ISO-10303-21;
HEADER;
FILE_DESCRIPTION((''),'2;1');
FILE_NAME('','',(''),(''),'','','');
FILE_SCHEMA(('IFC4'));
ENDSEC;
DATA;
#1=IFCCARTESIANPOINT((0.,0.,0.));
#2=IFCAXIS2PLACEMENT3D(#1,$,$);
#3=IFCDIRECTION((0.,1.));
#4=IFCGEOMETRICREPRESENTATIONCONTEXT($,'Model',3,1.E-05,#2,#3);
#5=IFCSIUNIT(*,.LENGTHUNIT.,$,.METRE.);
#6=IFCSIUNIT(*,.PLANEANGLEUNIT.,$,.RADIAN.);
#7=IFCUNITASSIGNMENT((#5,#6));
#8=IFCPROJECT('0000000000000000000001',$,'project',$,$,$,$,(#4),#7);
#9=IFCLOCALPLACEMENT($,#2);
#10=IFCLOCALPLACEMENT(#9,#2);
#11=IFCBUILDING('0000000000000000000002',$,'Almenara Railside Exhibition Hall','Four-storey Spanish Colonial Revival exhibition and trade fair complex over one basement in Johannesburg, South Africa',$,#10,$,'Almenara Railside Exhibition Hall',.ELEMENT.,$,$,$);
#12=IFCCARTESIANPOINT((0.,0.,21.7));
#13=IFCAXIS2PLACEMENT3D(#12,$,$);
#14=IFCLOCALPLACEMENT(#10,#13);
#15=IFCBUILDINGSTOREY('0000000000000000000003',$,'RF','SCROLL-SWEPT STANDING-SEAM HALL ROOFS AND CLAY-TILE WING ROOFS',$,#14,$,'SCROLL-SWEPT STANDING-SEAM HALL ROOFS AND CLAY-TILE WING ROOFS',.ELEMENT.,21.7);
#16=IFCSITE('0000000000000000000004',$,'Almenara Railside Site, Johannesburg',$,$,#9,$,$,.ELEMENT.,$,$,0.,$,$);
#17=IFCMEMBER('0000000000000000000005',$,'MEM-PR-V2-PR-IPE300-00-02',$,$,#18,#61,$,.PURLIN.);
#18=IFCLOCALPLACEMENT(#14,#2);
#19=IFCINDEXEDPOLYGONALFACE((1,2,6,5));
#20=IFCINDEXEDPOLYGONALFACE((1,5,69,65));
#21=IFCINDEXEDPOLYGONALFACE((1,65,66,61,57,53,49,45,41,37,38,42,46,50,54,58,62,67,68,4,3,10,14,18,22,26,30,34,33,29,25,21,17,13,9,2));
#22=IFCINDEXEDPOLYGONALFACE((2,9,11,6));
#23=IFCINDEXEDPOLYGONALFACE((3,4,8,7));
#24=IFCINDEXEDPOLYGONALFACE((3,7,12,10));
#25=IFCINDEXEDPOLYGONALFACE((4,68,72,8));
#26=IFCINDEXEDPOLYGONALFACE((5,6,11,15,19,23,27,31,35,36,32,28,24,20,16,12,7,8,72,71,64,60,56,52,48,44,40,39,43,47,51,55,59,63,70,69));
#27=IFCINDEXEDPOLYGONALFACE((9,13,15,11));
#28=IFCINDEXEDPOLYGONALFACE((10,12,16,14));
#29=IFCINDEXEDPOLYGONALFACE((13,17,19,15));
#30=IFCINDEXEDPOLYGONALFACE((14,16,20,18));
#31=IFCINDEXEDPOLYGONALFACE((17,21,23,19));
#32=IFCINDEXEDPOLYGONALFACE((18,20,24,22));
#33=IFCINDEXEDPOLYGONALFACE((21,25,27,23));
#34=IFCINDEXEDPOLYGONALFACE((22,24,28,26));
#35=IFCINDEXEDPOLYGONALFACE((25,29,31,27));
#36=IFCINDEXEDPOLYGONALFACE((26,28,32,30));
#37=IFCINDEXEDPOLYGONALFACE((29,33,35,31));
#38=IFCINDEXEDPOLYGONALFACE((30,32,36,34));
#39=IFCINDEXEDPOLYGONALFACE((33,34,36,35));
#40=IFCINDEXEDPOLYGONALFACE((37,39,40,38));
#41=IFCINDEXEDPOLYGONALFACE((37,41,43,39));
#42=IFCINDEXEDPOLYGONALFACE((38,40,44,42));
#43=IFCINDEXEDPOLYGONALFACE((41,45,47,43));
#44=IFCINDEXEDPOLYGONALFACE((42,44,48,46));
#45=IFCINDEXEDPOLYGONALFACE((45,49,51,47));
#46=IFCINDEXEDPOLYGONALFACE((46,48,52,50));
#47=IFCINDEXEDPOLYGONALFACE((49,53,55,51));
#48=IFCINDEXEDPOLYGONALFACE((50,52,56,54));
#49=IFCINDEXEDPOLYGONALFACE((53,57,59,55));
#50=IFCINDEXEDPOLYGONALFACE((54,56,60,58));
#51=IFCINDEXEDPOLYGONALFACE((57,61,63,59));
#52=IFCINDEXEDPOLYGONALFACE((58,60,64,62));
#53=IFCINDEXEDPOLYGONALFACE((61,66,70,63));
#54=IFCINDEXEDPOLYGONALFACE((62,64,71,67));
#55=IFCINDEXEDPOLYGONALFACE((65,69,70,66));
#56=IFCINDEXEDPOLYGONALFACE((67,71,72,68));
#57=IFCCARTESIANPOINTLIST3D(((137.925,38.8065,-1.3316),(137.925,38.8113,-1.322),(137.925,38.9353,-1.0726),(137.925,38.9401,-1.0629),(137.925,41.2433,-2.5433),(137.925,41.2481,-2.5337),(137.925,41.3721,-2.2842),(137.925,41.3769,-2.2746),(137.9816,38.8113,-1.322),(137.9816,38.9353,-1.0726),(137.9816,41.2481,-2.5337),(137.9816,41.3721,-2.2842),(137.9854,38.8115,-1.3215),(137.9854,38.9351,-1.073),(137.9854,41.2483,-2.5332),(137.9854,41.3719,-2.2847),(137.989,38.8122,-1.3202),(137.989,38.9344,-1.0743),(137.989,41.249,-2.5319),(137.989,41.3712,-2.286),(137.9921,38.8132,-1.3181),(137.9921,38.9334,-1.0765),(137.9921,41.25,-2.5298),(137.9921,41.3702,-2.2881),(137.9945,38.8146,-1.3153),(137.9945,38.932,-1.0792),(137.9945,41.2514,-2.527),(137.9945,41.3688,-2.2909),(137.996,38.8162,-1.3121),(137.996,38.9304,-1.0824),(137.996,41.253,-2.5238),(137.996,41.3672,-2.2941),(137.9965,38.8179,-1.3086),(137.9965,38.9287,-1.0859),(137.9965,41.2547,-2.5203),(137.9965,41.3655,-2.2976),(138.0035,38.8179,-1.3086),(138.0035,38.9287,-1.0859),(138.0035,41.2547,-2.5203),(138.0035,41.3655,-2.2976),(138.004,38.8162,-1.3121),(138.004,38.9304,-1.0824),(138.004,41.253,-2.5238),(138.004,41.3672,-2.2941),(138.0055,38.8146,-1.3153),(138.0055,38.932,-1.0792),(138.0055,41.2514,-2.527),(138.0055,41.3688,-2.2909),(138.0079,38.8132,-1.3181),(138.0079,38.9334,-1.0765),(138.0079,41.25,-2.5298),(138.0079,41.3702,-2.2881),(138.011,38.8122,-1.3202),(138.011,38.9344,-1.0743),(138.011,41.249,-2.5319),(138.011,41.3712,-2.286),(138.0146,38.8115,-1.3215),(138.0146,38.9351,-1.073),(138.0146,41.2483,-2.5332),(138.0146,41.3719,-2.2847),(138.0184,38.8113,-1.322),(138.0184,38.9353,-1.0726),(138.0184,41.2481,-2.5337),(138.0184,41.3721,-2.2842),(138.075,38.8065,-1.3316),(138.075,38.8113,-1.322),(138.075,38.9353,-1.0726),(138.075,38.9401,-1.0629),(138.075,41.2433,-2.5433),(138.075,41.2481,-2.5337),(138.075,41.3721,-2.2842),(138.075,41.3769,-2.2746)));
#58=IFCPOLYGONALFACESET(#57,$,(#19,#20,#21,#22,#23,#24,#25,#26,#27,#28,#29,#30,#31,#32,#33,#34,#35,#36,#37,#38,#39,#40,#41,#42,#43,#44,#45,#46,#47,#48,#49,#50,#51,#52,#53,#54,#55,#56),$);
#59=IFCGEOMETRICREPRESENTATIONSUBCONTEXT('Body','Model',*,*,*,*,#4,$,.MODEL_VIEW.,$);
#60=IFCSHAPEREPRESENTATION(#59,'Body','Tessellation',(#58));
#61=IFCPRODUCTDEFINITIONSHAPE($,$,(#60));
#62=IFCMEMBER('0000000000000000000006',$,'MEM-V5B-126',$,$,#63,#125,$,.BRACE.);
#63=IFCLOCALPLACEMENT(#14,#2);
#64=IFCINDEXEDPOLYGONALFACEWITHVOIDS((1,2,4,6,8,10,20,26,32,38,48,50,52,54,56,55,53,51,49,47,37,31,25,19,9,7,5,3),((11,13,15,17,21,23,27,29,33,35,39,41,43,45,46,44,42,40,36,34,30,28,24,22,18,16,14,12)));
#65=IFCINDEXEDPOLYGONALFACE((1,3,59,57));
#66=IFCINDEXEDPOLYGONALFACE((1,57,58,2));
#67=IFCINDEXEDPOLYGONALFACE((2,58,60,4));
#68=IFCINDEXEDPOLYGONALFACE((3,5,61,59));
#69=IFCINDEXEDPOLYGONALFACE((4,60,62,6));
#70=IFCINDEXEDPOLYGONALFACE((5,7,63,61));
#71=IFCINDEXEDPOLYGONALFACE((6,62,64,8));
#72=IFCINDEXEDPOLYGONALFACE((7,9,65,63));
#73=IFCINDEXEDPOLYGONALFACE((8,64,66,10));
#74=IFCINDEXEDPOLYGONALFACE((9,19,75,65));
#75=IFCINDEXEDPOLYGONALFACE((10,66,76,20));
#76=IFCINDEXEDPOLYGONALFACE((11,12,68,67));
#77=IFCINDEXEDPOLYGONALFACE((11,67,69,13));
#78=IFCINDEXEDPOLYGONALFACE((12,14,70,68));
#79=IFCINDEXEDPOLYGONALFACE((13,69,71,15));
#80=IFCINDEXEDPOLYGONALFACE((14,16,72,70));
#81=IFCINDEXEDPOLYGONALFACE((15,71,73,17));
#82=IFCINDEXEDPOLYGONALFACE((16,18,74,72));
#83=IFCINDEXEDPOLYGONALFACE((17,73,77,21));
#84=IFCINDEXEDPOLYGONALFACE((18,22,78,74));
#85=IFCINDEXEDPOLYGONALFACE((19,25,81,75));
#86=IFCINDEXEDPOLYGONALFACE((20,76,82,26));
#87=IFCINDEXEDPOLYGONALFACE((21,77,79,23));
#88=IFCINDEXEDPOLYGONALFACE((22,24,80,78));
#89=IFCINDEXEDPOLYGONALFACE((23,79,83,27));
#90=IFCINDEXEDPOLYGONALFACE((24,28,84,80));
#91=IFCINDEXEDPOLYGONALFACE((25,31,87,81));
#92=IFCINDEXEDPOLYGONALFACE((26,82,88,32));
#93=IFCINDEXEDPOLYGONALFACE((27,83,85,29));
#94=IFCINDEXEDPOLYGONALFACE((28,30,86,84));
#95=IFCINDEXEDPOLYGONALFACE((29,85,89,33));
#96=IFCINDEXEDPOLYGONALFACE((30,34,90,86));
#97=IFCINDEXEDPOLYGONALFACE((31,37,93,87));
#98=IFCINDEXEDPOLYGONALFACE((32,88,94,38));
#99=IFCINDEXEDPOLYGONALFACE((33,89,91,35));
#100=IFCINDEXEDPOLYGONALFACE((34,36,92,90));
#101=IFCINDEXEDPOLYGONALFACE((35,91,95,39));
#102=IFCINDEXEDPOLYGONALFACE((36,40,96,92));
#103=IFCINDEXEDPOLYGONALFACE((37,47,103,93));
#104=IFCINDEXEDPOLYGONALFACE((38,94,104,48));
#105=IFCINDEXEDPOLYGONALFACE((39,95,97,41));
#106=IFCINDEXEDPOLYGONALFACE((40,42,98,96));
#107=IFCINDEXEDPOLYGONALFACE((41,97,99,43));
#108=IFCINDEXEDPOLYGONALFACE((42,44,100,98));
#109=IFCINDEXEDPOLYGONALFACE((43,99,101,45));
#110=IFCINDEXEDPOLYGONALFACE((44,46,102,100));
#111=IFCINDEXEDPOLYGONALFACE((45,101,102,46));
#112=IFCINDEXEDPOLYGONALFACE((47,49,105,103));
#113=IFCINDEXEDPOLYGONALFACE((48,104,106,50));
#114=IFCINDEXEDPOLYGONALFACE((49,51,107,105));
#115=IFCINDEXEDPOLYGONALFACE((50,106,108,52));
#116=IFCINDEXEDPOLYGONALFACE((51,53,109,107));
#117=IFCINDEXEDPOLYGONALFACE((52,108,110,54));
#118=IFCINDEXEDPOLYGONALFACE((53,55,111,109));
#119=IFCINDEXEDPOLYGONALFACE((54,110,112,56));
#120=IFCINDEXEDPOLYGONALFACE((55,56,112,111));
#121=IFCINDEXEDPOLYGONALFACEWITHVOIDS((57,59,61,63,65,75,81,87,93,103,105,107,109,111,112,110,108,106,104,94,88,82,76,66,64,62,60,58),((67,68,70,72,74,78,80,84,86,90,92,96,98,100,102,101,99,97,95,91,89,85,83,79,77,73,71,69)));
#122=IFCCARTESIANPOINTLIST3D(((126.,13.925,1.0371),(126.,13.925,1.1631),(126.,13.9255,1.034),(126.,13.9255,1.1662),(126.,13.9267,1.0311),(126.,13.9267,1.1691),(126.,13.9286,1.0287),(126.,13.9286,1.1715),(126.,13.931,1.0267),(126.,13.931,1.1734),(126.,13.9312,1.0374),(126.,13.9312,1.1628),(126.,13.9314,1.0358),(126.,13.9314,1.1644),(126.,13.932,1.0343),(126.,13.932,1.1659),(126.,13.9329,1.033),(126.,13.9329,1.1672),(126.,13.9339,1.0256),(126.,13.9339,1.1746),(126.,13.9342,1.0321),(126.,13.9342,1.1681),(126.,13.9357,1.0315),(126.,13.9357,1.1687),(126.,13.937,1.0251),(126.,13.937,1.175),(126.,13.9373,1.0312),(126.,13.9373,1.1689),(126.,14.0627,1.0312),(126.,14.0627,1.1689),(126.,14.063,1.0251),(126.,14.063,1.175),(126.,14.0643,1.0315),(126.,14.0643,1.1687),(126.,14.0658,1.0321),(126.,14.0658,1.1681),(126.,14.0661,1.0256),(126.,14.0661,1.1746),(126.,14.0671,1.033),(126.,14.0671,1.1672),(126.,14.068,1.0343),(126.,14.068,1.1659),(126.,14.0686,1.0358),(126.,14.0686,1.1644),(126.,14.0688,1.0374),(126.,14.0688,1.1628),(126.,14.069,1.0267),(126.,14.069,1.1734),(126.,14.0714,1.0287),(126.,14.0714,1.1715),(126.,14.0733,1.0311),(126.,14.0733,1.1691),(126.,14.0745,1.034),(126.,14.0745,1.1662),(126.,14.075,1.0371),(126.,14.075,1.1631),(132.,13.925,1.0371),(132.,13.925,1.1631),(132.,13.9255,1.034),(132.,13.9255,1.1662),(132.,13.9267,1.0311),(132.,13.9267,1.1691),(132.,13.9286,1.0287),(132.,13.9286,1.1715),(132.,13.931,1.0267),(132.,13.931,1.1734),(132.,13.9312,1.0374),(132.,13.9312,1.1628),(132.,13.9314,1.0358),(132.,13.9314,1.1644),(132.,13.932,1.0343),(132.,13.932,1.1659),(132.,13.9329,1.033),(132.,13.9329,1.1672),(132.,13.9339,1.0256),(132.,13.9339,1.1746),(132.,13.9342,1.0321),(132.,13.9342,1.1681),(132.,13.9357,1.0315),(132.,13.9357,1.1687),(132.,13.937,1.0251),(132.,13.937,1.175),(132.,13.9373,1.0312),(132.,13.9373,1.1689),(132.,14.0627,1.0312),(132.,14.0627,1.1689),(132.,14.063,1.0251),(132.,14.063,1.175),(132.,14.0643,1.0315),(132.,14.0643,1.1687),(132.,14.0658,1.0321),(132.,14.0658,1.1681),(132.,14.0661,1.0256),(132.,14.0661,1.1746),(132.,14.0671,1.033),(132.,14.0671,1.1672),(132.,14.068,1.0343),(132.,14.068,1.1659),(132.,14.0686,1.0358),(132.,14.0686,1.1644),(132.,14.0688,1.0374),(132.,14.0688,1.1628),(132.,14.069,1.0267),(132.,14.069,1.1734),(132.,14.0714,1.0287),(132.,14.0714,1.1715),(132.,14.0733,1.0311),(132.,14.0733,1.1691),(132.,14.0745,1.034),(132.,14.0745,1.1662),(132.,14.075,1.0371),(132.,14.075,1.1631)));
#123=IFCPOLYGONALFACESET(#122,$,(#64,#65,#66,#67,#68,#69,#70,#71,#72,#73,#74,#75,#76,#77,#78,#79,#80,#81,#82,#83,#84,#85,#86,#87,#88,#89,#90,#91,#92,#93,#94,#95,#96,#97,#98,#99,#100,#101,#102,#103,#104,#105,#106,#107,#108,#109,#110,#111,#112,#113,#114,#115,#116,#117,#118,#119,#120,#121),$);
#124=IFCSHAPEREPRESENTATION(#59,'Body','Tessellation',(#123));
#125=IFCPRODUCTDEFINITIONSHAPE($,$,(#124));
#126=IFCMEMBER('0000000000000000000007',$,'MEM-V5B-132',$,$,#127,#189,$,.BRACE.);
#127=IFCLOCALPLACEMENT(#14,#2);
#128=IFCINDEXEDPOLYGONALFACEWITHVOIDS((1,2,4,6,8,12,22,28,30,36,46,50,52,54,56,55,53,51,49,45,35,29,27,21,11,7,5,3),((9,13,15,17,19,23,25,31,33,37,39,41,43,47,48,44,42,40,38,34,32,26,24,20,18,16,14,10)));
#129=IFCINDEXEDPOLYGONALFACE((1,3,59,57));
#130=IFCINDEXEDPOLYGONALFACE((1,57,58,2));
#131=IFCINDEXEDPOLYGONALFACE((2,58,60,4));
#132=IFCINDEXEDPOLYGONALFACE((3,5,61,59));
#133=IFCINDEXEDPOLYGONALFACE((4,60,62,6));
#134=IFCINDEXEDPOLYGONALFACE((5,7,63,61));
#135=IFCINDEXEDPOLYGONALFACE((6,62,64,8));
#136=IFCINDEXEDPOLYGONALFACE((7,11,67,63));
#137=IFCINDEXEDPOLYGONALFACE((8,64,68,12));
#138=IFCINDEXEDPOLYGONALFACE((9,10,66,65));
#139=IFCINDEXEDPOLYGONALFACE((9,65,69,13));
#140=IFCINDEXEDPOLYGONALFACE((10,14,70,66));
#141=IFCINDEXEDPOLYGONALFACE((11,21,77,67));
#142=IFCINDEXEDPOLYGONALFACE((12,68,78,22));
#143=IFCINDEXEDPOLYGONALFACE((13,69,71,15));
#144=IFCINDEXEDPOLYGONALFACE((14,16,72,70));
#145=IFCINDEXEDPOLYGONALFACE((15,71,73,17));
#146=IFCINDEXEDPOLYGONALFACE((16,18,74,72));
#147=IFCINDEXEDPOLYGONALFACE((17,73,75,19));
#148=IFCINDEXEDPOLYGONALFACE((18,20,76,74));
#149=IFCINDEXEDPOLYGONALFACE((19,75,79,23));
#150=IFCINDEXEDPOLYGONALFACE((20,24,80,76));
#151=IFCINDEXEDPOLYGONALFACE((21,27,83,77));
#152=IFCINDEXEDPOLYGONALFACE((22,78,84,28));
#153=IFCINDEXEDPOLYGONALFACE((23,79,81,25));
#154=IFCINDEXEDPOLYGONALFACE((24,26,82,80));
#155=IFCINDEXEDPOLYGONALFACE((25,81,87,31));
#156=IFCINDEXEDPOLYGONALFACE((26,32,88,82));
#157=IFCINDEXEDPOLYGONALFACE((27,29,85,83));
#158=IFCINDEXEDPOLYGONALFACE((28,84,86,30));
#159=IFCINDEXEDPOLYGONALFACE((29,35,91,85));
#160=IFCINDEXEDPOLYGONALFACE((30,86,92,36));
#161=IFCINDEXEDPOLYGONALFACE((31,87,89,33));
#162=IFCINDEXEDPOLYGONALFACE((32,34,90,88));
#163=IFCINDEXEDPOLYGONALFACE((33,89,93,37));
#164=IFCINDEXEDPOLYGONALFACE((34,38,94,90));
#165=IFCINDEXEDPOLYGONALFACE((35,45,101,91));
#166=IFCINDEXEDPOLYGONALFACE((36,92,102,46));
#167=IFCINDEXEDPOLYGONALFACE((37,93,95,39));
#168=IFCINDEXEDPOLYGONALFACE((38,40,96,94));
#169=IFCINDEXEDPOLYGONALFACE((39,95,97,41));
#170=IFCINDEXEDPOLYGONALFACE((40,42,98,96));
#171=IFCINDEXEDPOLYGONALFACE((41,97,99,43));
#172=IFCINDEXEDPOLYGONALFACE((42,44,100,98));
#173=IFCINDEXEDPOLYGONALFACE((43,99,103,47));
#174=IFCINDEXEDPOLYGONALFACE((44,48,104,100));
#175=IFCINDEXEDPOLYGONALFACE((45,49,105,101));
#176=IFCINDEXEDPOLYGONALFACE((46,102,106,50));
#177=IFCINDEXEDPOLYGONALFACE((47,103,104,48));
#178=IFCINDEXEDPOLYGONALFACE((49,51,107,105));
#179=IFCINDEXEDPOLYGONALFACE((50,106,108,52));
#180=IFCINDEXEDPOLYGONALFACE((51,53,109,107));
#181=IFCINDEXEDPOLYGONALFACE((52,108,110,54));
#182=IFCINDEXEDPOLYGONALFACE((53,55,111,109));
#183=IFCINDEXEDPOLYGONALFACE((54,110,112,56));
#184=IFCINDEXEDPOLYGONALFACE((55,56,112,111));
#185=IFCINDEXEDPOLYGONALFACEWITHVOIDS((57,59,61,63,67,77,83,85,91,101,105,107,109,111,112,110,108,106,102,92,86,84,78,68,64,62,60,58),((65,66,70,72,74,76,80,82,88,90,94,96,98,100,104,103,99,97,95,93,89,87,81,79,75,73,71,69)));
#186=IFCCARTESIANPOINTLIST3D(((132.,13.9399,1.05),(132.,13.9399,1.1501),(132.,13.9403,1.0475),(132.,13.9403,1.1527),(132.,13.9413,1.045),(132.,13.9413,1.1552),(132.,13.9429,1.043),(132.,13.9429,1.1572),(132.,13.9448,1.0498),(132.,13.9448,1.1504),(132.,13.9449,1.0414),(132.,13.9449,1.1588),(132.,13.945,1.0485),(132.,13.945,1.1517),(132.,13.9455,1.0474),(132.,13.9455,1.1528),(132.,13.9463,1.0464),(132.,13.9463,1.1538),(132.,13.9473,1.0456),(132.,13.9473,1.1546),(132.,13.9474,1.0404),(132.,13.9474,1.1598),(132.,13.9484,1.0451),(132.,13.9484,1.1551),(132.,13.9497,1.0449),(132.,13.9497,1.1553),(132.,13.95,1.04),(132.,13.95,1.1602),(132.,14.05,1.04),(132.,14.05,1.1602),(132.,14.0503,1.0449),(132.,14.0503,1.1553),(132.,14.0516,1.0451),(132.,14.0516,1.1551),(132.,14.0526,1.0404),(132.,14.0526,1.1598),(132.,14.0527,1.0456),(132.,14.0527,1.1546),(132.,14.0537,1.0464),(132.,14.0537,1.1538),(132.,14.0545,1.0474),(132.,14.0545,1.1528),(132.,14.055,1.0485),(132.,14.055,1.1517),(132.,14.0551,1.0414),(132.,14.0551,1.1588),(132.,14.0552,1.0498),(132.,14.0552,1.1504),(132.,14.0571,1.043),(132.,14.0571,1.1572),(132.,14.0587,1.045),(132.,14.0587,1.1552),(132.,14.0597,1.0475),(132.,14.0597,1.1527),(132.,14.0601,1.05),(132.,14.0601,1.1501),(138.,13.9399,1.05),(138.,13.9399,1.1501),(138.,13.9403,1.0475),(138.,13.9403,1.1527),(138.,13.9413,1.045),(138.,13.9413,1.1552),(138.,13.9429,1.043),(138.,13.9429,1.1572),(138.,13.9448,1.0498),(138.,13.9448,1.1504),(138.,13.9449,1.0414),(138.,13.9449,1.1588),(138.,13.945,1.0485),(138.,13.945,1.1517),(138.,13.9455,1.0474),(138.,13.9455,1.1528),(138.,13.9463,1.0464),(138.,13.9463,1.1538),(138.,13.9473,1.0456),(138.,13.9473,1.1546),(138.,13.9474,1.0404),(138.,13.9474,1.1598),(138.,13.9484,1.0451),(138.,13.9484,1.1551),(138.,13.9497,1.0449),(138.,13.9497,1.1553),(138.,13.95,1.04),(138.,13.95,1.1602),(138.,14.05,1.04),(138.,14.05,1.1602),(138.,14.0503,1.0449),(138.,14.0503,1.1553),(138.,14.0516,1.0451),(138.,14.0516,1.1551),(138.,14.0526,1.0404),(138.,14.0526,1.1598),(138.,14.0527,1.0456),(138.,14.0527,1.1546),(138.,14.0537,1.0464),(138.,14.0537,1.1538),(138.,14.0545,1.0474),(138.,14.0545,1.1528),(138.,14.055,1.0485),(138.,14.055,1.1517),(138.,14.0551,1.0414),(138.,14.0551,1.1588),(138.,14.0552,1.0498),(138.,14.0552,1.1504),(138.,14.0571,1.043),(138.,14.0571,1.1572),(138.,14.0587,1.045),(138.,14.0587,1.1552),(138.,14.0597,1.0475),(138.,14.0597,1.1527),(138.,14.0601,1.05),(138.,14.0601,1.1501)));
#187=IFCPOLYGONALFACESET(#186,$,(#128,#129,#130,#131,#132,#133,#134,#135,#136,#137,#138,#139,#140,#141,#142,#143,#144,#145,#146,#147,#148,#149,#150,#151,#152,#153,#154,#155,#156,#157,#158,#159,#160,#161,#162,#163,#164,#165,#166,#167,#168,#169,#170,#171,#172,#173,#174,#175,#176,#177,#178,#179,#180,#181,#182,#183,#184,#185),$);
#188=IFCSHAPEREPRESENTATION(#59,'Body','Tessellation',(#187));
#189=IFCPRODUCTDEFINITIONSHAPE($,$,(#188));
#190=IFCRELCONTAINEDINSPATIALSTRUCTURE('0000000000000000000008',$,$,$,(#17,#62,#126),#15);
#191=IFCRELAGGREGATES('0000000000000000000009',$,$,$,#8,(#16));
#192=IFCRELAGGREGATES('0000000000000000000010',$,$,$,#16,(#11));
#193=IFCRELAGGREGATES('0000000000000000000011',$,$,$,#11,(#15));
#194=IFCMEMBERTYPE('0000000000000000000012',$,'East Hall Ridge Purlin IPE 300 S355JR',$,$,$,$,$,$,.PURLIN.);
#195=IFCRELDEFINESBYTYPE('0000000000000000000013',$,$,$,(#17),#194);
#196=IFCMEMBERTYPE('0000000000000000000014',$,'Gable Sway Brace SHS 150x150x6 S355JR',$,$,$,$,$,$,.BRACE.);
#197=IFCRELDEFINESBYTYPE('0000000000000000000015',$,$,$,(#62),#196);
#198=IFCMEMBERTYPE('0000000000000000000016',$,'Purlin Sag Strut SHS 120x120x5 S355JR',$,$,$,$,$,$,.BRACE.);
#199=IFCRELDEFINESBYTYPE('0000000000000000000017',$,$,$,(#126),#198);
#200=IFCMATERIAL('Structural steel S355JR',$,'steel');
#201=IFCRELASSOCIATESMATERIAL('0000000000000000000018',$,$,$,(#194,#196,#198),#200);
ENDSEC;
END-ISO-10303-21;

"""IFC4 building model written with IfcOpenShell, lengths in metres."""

from ifc_helpers import new_model, si_unit, direction, frame, origin, origin_2d, place, context, subcontext, project, spatial, hollow_rectangle, i_section, extrude, material, material_profile, profile_set, type_object, element, save


model = new_model("IFC4")

# Units and contexts
model_context = context("Model", 3, precision=1e-05, world=origin(), true_north=direction((0.0, 1.0)))
body_context = subcontext(model_context, "Body", "Model", "MODEL_VIEW")
ifc_project = project(units=[si_unit("LENGTHUNIT", "METRE"), si_unit("PLANEANGLEUNIT", "RADIAN")], contexts=[model_context])

# Site, building, storey
site_placement = place(None, origin())
site = spatial("IfcSite", under=ifc_project, at=site_placement, Name="Almenara Railside Site, Johannesburg", CompositionType="ELEMENT", RefElevation=0.0)
building_placement = place(site_placement, origin())
building = spatial("IfcBuilding", under=site, at=building_placement, Name="Almenara Railside Exhibition Hall", Description="Four-storey Spanish Colonial Revival exhibition and trade fair complex over one basement in Johannesburg, South Africa", LongName="Almenara Railside Exhibition Hall", CompositionType="ELEMENT")
storey_placement = place(building_placement, frame((0.0, 0.0, 21.7)))
storey = spatial("IfcBuildingStorey", under=building, at=storey_placement, Name="RF", Description="SCROLL-SWEPT STANDING-SEAM HALL ROOFS AND CLAY-TILE WING ROOFS", LongName="SCROLL-SWEPT STANDING-SEAM HALL ROOFS AND CLAY-TILE WING ROOFS", CompositionType="ELEMENT", Elevation=21.7)

# Shared definitions
ifc_material_1 = material(Name="Structural steel S355JR", Category="steel")

# Members
ifc_material_profile_1 = material_profile(ifc_material_1, i_section(OverallWidth=0.1499, OverallDepth=0.3, WebThickness=0.0071, FlangeThickness=0.0107, FilletRadius=0.0149, at=origin_2d()), Name="IPE 300")
ifc_profile_set_1 = profile_set([ifc_material_profile_1], Name="Structural steel S355JR")
member_type_1 = type_object("IfcMemberType", Name="East Hall Ridge Purlin IPE 300 S355JR", PredefinedType="PURLIN", material=ifc_profile_set_1)
member_1_placement = place(storey_placement, frame((138.0, 38.8733, -1.1973), z_axis=(0.0, 0.895412, -0.445239), x_axis=(-1.0, 0.0, 0.0)))
element("IfcMember", 1, at=member_1_placement, inside=storey, type_object=member_type_1, Name="MEM-PR-V2-PR-IPE300-00-02", PredefinedType="PURLIN", context=body_context, shape_type="SweptSolid", body=[
    extrude(i_section(OverallWidth=0.1499, OverallDepth=0.3, WebThickness=0.0071, FlangeThickness=0.0107, FilletRadius=0.0149, at=origin_2d()), origin(), (0.0, 0.0, 1.0), 2.7214),
])
ifc_material_profile_2 = material_profile(ifc_material_1, hollow_rectangle(XDim=0.1499, YDim=0.1499, WallThickness=0.0061, InnerFilletRadius=0.0061, OuterFilletRadius=0.012, at=origin_2d()), Name="SHS 150x150x6")
ifc_profile_set_2 = profile_set([ifc_material_profile_2], Name="Structural steel S355JR")
member_type_2 = type_object("IfcMemberType", Name="Gable Sway Brace SHS 150x150x6 S355JR", PredefinedType="BRACE", material=ifc_profile_set_2)
member_2_placement = place(storey_placement, frame((126.0, 14.0, 1.1001), z_axis=(1.0, 0.0, 0.0), x_axis=(0.0, 1.0, 0.0)))
element("IfcMember", 2, at=member_2_placement, inside=storey, type_object=member_type_2, Name="MEM-V5B-126", PredefinedType="BRACE", context=body_context, shape_type="SweptSolid", body=[
    extrude(hollow_rectangle(XDim=0.1499, YDim=0.1499, WallThickness=0.0061, InnerFilletRadius=0.0061, OuterFilletRadius=0.012, at=origin_2d()), origin(), (0.0, 0.0, 1.0), 6.0),
])
ifc_material_profile_3 = material_profile(ifc_material_1, hollow_rectangle(XDim=0.1201, YDim=0.1201, WallThickness=0.0049, InnerFilletRadius=0.0049, OuterFilletRadius=0.01, at=origin_2d()), Name="SHS 120x120x5")
ifc_profile_set_3 = profile_set([ifc_material_profile_3], Name="Structural steel S355JR")
member_type_3 = type_object("IfcMemberType", Name="Purlin Sag Strut SHS 120x120x5 S355JR", PredefinedType="BRACE", material=ifc_profile_set_3)
member_3_placement = place(storey_placement, frame((132.0, 14.0, 1.1001), z_axis=(1.0, 0.0, 0.0), x_axis=(0.0, 1.0, 0.0)))
element("IfcMember", 3, at=member_3_placement, inside=storey, type_object=member_type_3, Name="MEM-V5B-132", PredefinedType="BRACE", context=body_context, shape_type="SweptSolid", body=[
    extrude(hollow_rectangle(XDim=0.1201, YDim=0.1201, WallThickness=0.0049, InnerFilletRadius=0.0049, OuterFilletRadius=0.01, at=origin_2d()), origin(), (0.0, 0.0, 1.0), 6.0),
])

save(model, "model.ifc")
